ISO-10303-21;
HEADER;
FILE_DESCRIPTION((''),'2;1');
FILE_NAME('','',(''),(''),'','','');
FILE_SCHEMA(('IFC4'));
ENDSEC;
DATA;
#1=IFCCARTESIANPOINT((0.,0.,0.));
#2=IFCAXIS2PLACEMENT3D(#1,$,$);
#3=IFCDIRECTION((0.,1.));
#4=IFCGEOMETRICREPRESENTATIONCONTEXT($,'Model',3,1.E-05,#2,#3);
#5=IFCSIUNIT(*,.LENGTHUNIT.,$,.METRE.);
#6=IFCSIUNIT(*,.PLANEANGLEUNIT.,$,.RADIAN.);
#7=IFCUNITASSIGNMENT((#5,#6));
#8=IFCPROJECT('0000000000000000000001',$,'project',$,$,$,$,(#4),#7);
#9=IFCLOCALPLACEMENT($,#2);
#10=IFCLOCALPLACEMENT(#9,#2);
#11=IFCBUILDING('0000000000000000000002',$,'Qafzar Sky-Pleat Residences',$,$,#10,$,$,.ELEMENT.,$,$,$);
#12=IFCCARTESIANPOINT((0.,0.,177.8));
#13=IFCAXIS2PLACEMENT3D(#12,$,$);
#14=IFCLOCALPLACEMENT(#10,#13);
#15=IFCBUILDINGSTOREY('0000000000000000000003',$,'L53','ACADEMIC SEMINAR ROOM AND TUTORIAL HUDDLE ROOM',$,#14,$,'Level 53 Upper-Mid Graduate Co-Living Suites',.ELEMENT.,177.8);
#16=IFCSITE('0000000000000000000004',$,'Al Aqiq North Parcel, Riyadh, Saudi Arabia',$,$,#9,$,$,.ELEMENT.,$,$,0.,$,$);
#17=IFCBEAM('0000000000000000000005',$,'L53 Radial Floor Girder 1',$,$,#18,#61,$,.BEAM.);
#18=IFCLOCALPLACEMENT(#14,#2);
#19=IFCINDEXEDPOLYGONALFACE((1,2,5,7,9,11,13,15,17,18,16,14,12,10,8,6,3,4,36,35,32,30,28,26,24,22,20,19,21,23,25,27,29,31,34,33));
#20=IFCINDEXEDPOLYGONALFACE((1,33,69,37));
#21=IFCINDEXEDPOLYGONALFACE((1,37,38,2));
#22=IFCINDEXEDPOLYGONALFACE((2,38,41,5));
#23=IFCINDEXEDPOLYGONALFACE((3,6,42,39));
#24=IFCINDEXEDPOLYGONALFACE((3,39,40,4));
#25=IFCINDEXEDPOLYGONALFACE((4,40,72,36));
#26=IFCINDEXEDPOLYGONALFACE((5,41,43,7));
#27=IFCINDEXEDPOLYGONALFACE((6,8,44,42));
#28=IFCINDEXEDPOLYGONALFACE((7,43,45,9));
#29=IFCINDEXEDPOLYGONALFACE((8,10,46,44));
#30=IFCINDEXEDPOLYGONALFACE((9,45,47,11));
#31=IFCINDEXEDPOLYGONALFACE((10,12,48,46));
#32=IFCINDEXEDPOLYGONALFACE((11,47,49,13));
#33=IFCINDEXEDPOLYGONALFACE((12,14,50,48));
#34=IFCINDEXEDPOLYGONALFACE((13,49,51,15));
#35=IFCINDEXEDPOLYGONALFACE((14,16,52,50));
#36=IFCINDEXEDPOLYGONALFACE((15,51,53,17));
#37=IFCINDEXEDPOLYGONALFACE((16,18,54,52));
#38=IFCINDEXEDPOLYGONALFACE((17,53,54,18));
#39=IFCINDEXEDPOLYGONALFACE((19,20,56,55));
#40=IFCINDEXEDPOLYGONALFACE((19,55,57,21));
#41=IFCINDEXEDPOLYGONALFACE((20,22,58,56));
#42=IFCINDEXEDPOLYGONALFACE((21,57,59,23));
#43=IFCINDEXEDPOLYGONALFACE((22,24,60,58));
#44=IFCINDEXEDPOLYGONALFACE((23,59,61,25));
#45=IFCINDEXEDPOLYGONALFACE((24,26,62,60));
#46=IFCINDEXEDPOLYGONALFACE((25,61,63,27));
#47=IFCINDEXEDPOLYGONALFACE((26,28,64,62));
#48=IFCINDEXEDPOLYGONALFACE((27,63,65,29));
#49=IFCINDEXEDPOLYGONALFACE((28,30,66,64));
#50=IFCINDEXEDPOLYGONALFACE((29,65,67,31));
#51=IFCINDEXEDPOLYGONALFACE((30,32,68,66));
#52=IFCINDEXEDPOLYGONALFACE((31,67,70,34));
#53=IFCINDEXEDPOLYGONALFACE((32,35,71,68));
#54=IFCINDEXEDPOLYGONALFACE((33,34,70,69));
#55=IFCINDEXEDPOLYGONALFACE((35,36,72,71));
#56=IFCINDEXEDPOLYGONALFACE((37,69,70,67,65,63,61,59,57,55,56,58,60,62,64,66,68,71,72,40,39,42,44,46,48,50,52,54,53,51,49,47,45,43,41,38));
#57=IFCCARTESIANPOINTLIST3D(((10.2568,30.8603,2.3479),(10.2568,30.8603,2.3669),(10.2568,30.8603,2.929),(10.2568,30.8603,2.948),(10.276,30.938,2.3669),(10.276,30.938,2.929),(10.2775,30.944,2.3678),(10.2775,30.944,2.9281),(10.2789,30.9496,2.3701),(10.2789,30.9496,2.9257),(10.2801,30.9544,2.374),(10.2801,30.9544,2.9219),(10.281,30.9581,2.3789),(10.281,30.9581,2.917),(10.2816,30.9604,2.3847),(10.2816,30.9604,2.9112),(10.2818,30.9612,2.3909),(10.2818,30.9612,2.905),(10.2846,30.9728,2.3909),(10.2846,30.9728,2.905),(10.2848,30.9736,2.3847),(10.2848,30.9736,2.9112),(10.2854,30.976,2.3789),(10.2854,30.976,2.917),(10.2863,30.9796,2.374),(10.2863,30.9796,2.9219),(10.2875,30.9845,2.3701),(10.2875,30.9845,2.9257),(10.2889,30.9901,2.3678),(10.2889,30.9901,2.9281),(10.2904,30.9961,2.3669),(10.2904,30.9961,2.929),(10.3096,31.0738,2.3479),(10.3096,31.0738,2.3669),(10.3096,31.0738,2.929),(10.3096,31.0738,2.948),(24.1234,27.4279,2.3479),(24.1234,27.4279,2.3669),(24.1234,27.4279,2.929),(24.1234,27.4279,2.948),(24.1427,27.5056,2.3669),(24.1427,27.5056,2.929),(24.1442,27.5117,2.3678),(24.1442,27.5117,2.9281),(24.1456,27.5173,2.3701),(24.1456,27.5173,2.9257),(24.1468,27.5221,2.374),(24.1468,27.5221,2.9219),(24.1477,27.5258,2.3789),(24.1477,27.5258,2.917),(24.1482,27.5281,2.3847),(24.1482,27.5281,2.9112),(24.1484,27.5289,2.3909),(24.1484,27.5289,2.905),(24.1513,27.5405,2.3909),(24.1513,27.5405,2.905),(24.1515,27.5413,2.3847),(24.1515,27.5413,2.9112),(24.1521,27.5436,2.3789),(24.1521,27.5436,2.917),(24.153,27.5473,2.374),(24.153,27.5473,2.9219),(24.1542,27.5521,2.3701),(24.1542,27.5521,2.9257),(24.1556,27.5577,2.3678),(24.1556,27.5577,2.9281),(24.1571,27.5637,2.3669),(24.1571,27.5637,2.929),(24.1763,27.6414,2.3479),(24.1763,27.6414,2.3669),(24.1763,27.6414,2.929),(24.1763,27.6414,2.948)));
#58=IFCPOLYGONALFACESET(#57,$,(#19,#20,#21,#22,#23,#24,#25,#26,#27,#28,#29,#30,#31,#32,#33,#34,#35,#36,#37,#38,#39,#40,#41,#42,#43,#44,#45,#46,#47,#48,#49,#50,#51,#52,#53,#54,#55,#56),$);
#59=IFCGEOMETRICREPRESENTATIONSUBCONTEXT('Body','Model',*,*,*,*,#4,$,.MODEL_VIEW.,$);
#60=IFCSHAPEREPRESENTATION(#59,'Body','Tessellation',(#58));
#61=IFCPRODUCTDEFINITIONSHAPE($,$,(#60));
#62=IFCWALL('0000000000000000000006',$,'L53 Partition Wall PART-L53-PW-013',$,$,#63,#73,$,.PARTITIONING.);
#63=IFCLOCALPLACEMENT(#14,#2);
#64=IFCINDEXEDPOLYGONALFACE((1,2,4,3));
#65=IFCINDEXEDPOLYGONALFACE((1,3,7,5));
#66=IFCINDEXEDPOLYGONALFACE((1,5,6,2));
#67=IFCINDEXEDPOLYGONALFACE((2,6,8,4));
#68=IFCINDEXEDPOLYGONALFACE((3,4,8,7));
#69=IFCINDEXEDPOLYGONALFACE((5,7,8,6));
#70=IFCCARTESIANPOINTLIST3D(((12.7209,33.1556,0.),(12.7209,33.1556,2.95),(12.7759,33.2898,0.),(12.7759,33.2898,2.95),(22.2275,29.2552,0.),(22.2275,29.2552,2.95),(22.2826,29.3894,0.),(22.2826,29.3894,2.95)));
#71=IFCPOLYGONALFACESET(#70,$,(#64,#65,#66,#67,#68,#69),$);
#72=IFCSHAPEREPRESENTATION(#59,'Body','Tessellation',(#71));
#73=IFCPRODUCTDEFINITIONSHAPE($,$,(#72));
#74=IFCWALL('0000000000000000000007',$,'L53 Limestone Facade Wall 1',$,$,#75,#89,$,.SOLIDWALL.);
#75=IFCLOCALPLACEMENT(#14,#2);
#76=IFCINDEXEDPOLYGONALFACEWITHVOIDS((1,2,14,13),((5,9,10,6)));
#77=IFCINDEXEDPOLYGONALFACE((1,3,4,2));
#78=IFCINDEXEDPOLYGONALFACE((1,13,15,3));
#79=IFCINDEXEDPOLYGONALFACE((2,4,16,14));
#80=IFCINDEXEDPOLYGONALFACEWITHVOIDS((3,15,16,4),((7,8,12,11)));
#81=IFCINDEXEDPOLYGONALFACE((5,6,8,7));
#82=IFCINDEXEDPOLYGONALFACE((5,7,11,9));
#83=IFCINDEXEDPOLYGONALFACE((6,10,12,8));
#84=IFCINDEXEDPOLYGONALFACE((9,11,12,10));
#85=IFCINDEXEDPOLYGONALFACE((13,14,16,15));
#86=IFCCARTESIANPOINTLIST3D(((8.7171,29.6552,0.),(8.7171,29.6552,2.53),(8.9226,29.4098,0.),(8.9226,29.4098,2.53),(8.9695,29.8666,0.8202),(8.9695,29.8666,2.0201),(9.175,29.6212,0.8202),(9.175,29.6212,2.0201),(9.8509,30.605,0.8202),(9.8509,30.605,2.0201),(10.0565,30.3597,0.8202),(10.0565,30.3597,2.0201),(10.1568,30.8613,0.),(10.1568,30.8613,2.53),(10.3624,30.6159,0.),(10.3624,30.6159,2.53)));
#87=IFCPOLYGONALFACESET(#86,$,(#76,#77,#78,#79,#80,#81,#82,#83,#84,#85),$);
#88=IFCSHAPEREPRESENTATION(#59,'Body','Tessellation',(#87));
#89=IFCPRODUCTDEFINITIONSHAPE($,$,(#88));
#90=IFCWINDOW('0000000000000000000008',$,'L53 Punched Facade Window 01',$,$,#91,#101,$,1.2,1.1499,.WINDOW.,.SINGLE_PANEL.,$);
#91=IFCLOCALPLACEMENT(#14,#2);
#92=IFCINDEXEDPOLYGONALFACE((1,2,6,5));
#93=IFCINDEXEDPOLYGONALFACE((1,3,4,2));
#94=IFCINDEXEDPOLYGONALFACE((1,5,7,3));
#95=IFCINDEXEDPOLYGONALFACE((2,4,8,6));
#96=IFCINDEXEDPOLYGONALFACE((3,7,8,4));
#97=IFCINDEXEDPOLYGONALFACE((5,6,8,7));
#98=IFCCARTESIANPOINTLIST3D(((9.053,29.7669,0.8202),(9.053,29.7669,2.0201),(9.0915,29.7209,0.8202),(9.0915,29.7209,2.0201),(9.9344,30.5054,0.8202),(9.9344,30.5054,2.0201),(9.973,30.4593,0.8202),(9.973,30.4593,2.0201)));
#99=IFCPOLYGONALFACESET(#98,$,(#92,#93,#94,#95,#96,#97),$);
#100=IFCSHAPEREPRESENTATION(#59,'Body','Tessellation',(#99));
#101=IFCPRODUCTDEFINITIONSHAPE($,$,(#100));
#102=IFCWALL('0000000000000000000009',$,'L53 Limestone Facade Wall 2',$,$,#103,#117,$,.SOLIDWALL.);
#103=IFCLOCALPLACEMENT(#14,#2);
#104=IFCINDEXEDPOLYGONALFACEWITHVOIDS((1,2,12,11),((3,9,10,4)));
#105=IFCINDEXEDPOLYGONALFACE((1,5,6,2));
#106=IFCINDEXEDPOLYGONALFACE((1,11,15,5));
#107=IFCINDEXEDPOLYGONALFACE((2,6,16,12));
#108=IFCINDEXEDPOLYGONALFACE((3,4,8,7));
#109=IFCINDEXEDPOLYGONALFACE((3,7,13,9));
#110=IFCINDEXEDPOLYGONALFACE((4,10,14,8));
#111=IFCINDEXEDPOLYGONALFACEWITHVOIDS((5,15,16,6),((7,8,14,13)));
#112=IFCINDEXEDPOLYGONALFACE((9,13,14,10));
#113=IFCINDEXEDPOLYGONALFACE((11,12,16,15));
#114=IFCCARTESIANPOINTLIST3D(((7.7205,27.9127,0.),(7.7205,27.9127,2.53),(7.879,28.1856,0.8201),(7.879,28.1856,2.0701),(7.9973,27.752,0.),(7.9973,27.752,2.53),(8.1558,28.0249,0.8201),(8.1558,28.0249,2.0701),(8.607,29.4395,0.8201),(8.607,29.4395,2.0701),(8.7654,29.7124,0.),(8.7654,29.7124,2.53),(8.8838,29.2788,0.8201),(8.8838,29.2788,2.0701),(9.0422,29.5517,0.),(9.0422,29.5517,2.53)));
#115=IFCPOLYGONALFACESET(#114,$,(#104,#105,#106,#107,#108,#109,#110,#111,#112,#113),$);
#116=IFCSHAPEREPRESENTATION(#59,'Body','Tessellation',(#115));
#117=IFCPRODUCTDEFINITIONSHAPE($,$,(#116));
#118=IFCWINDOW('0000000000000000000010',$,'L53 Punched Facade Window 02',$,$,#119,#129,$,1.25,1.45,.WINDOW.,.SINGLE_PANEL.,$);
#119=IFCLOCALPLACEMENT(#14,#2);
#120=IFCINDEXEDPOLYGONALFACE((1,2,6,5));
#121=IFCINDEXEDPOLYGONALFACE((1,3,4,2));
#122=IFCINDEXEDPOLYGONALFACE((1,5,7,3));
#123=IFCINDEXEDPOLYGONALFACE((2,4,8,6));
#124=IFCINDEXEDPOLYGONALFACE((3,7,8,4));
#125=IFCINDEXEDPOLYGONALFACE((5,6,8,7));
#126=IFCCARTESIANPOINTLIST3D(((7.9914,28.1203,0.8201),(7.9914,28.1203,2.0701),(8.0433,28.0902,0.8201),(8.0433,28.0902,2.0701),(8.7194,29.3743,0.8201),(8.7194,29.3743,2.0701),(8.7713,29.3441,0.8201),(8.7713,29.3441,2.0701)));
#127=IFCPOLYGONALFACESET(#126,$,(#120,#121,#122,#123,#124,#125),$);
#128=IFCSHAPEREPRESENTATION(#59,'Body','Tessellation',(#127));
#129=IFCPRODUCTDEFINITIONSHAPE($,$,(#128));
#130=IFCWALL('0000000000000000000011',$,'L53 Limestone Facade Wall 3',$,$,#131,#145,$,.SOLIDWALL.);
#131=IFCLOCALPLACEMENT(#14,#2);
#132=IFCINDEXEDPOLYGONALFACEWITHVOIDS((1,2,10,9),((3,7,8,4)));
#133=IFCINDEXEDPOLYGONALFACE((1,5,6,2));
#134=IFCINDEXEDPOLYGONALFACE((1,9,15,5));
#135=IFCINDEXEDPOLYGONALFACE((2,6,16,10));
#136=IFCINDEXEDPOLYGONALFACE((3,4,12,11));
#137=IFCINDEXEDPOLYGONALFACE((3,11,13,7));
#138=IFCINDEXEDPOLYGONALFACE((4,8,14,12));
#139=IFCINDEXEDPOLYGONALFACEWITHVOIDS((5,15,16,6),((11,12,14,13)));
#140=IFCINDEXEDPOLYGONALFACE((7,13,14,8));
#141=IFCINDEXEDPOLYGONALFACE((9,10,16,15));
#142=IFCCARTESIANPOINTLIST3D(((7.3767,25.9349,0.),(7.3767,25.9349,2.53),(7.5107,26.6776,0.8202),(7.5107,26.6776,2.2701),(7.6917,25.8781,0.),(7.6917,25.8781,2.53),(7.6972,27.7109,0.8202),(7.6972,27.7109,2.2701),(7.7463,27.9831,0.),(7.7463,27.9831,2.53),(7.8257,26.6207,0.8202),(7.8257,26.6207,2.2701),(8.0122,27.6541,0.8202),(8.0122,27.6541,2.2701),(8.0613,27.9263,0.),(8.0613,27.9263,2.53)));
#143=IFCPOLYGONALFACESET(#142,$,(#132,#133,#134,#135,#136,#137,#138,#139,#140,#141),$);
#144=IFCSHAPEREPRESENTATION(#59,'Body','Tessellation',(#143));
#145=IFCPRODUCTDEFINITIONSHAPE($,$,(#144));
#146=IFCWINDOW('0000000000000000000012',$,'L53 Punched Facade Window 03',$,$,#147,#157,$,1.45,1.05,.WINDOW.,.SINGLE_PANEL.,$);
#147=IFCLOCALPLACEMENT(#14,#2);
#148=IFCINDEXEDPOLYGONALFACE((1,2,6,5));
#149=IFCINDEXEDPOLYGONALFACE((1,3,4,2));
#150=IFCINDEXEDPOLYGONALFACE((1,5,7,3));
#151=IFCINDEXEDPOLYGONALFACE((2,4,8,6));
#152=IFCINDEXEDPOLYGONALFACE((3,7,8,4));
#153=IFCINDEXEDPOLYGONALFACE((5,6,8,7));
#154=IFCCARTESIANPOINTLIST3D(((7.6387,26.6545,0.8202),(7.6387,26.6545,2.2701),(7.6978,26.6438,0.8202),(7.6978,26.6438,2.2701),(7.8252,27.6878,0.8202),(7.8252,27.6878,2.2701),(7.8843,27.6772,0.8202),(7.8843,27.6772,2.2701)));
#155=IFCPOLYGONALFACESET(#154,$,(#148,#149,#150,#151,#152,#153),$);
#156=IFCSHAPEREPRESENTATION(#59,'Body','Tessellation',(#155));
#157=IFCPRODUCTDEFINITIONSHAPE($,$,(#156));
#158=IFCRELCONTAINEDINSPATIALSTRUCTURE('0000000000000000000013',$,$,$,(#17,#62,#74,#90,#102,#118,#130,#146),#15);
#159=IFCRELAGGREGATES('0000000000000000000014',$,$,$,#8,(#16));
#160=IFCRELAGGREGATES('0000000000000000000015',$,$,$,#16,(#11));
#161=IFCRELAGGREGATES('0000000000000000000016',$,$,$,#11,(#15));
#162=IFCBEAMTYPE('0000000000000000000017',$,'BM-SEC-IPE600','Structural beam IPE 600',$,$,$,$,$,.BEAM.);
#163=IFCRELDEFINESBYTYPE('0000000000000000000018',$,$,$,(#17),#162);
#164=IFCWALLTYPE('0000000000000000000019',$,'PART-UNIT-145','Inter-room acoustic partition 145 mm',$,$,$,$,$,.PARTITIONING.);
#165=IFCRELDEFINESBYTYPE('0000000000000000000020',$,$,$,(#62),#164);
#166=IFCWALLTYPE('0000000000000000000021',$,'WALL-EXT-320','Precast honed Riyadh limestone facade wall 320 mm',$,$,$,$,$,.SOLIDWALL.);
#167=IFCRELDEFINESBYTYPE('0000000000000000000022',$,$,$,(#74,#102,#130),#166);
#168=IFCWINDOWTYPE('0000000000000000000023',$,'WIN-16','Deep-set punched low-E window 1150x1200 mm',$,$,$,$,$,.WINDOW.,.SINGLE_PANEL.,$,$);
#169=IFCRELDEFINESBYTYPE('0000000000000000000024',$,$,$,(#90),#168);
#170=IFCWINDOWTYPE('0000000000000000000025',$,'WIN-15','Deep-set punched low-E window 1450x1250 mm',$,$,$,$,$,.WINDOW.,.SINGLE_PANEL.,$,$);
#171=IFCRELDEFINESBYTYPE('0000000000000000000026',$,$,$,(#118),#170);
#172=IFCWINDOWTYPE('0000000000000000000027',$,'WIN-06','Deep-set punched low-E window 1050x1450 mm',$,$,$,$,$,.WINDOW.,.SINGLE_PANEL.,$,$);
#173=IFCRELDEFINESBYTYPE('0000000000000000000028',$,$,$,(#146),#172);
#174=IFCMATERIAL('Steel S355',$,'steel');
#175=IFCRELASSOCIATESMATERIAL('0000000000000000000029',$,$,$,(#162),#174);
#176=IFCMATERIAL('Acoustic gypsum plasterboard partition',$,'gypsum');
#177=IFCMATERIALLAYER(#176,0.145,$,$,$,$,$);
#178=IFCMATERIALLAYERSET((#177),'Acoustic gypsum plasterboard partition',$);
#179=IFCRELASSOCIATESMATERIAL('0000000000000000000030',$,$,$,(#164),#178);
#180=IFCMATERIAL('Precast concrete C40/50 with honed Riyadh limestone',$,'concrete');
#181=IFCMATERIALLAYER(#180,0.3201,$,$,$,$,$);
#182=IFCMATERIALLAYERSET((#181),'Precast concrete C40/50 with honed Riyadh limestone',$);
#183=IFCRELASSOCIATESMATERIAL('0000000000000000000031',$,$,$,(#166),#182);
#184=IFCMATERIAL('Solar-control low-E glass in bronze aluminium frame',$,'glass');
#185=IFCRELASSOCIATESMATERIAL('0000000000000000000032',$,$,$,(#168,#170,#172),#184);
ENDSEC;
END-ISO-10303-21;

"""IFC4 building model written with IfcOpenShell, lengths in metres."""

from ifc_helpers import new_model, si_unit, direction, frame, frame_2d, origin, origin_2d, place, context, subcontext, project, spatial, rectangle, i_section, extrude, source, transform, mapped, material, layer, layer_set, material_profile, profile_set, type_object, element, fill, save


model = new_model("IFC4")

# Units and contexts
model_context = context("Model", 3, precision=1e-05, world=origin(), true_north=direction((0.0, 1.0)))
body_context = subcontext(model_context, "Body", "Model", "MODEL_VIEW")
ifc_project = project(units=[si_unit("LENGTHUNIT", "METRE"), si_unit("PLANEANGLEUNIT", "RADIAN")], contexts=[model_context])

# Site, building, storey
site_placement = place(None, origin())
site = spatial("IfcSite", under=ifc_project, at=site_placement, Name="Al Aqiq North Parcel, Riyadh, Saudi Arabia", CompositionType="ELEMENT", RefElevation=0.0)
building_placement = place(site_placement, origin())
building = spatial("IfcBuilding", under=site, at=building_placement, Name="Qafzar Sky-Pleat Residences", CompositionType="ELEMENT")
storey_placement = place(building_placement, frame((0.0, 0.0, 177.8)))
storey = spatial("IfcBuildingStorey", under=building, at=storey_placement, Name="L53", Description="ACADEMIC SEMINAR ROOM AND TUTORIAL HUDDLE ROOM", LongName="Level 53 Upper-Mid Graduate Co-Living Suites", CompositionType="ELEMENT", Elevation=177.8)

# Shared definitions
ifc_material_1 = material(Name="Steel S355", Category="steel")

# Beam
ifc_material_profile_1 = material_profile(ifc_material_1, i_section(OverallWidth=0.22, OverallDepth=0.6001, WebThickness=0.012, FlangeThickness=0.019, FilletRadius=0.0239, at=origin_2d()), Name="IPE 600")
ifc_profile_set_1 = profile_set([ifc_material_profile_1], Name="Steel S355")
beam_type_1 = type_object("IfcBeamType", Name="BM-SEC-IPE600", Description="Structural beam IPE 600", PredefinedType="BEAM", material=ifc_profile_set_1)
shared_shape_1 = source(origin(), body_context, "Body", "SweptSolid", [
    extrude(i_section(OverallWidth=0.22, OverallDepth=0.6001, WebThickness=0.012, FlangeThickness=0.019, FilletRadius=0.0239, at=origin_2d()), origin(), (0.0, 0.0, 1.0), 14.2852),
])
beam_1_placement = place(storey_placement, frame((10.2832, 30.967, 2.6479), z_axis=(0.970705, -0.240275, 0.0), x_axis=(0.240275, 0.970705, 0.0)))
element("IfcBeam", 1, at=beam_1_placement, inside=storey, type_object=beam_type_1, Name="L53 Radial Floor Girder 1", PredefinedType="BEAM", context=body_context, shape_type="MappedRepresentation", body=[
    mapped(shared_shape_1, transform((0.0, 0.0, 0.0), x_axis=(1.0, 0.0, 0.0), y_axis=(0.0, 1.0, 0.0), z_axis=(0.0, 0.0, 1.0), scale=1.0)),
])

# Wall
ifc_material_2 = material(Name="Acoustic gypsum plasterboard partition", Category="gypsum")
ifc_layer_1 = layer(ifc_material_2, 0.145)
ifc_layer_set_1 = layer_set([ifc_layer_1], Name="Acoustic gypsum plasterboard partition")
wall_type_1 = type_object("IfcWallType", Name="PART-UNIT-145", Description="Inter-room acoustic partition 145 mm", PredefinedType="PARTITIONING", material=ifc_layer_set_1)
wall_1_placement = place(storey_placement, frame((12.7485, 33.2227, 0.0), z_axis=(0.0, 0.0, 1.0), x_axis=(0.92516, -0.379577, 0.0)))
element("IfcWall", 2, at=wall_1_placement, inside=storey, type_object=wall_type_1, Name="L53 Partition Wall PART-L53-PW-013", PredefinedType="PARTITIONING", context=body_context, shape_type="SweptSolid", body=[
    extrude(rectangle(XDim=10.2756, YDim=0.145, at=frame_2d((5.1377, 0.0))), origin(), (0.0, 0.0, 1.0), 2.95),
])

# Walls, openings, windows
ifc_material_3 = material(Name="Precast concrete C40/50 with honed Riyadh limestone", Category="concrete")
ifc_layer_2 = layer(ifc_material_3, 0.3201)
ifc_layer_set_2 = layer_set([ifc_layer_2], Name="Precast concrete C40/50 with honed Riyadh limestone")
wall_type_2 = type_object("IfcWallType", Name="WALL-EXT-320", Description="Precast honed Riyadh limestone facade wall 320 mm", PredefinedType="SOLIDWALL", material=ifc_layer_set_2)
wall_2_placement = place(storey_placement, frame((10.2595, 30.7385, 0.0), z_axis=(0.0, 0.0, 1.0), x_axis=(-0.766567, -0.642164, 0.0)))
wall_2 = element("IfcWall", 3, at=wall_2_placement, inside=storey, type_object=wall_type_2, Name="L53 Limestone Facade Wall 1", PredefinedType="SOLIDWALL", context=body_context, shape_type="SweptSolid", body=[
    extrude(rectangle(XDim=1.8782, YDim=0.3201, at=frame_2d((0.939, 0.0))), origin(), (0.0, 0.0, 1.0), 2.53),
])
opening_1_placement = place(wall_2_placement, frame((0.3989, 0.0, 0.8201)))
opening_1 = element("IfcOpeningElement", 4, at=opening_1_placement, cuts=wall_2, PredefinedType="OPENING", context=body_context, shape_type="SweptSolid", body=[
    extrude(rectangle(XDim=1.1499, YDim=1.2, at=frame_2d((0.575, 0.6001))), frame((0.0, 0.1699, 0.0), z_axis=(0.0, -1.0, 0.0), x_axis=(1.0, 0.0, 0.0)), (0.0, 0.0, 1.0), 0.3401),
])
ifc_material_4 = material(Name="Solar-control low-E glass in bronze aluminium frame", Category="glass")
window_type_1 = type_object("IfcWindowType", Name="WIN-16", Description="Deep-set punched low-E window 1150x1200 mm", PartitioningType="SINGLE_PANEL", PredefinedType="WINDOW", material=ifc_material_4)
shared_shape_2 = source(origin(), body_context, "Body", "SweptSolid", [
    extrude(rectangle(XDim=1.1499, YDim=1.2, at=frame_2d((0.575, 0.6001))), frame((0.0, 0.03, 0.0), z_axis=(0.0, -1.0, 0.0), x_axis=(1.0, 0.0, 0.0)), (0.0, 0.0, 1.0), 0.0601),
])
window_1_placement = place(opening_1_placement, origin())
window_1 = element("IfcWindow", 5, at=window_1_placement, inside=storey, type_object=window_type_1, Name="L53 Punched Facade Window 01", OverallHeight=1.2, OverallWidth=1.1499, PartitioningType="SINGLE_PANEL", PredefinedType="WINDOW", context=body_context, shape_type="MappedRepresentation", body=[
    mapped(shared_shape_2, transform((0.0, 0.0, 0.0), x_axis=(1.0, 0.0, 0.0), y_axis=(0.0, 1.0, 0.0), z_axis=(0.0, 0.0, 1.0), scale=1.0)),
])
fill(opening_1, window_1)
wall_3_placement = place(storey_placement, frame((8.9038, 29.6321, 0.0), z_axis=(0.0, 0.0, 1.0), x_axis=(-0.50209, -0.864815, 0.0)))
wall_3 = element("IfcWall", 6, at=wall_3_placement, inside=storey, type_object=wall_type_2, Name="L53 Limestone Facade Wall 2", PredefinedType="SOLIDWALL", context=body_context, shape_type="SweptSolid", body=[
    extrude(rectangle(XDim=2.0811, YDim=0.3201, at=frame_2d((1.0405, 0.0))), origin(), (0.0, 0.0, 1.0), 2.53),
])
opening_2_placement = place(wall_3_placement, frame((0.3154, 0.0, 0.8201)))
opening_2 = element("IfcOpeningElement", 7, at=opening_2_placement, cuts=wall_3, PredefinedType="OPENING", context=body_context, shape_type="SweptSolid", body=[
    extrude(rectangle(XDim=1.45, YDim=1.25, at=frame_2d((0.7251, 0.625))), frame((0.0, 0.1699, 0.0), z_axis=(0.0, -1.0, 0.0), x_axis=(1.0, 0.0, 0.0)), (0.0, 0.0, 1.0), 0.3401),
])
window_type_2 = type_object("IfcWindowType", Name="WIN-15", Description="Deep-set punched low-E window 1450x1250 mm", PartitioningType="SINGLE_PANEL", PredefinedType="WINDOW", material=ifc_material_4)
shared_shape_3 = source(origin(), body_context, "Body", "SweptSolid", [
    extrude(rectangle(XDim=1.45, YDim=1.25, at=frame_2d((0.7251, 0.625))), frame((0.0, 0.03, 0.0), z_axis=(0.0, -1.0, 0.0), x_axis=(1.0, 0.0, 0.0)), (0.0, 0.0, 1.0), 0.0601),
])
window_2_placement = place(opening_2_placement, origin())
window_2 = element("IfcWindow", 8, at=window_2_placement, inside=storey, type_object=window_type_2, Name="L53 Punched Facade Window 02", OverallHeight=1.25, OverallWidth=1.45, PartitioningType="SINGLE_PANEL", PredefinedType="WINDOW", context=body_context, shape_type="MappedRepresentation", body=[
    mapped(shared_shape_3, transform((0.0, 0.0, 0.0), x_axis=(1.0, 0.0, 0.0), y_axis=(0.0, 1.0, 0.0), z_axis=(0.0, 0.0, 1.0), scale=1.0)),
])
fill(opening_2, window_2)
wall_4_placement = place(storey_placement, frame((7.9038, 27.9546, 0.0), z_axis=(0.0, 0.0, 1.0), x_axis=(-0.177605, -0.984102, 0.0)))
wall_4 = element("IfcWall", 9, at=wall_4_placement, inside=storey, type_object=wall_type_2, Name="L53 Limestone Facade Wall 3", PredefinedType="SOLIDWALL", context=body_context, shape_type="SweptSolid", body=[
    extrude(rectangle(XDim=2.0813, YDim=0.3201, at=frame_2d((1.0405, 0.0))), origin(), (0.0, 0.0, 1.0), 2.53),
])
opening_3_placement = place(wall_4_placement, frame((0.2766, 0.0, 0.8201)))
opening_3 = element("IfcOpeningElement", 10, at=opening_3_placement, cuts=wall_4, PredefinedType="OPENING", context=body_context, shape_type="SweptSolid", body=[
    extrude(rectangle(XDim=1.05, YDim=1.45, at=frame_2d((0.5249, 0.7251))), frame((0.0, 0.1699, 0.0), z_axis=(0.0, -1.0, 0.0), x_axis=(1.0, 0.0, 0.0)), (0.0, 0.0, 1.0), 0.3401),
])
window_type_3 = type_object("IfcWindowType", Name="WIN-06", Description="Deep-set punched low-E window 1050x1450 mm", PartitioningType="SINGLE_PANEL", PredefinedType="WINDOW", material=ifc_material_4)
shared_shape_4 = source(origin(), body_context, "Body", "SweptSolid", [
    extrude(rectangle(XDim=1.05, YDim=1.45, at=frame_2d((0.5249, 0.7251))), frame((0.0, 0.03, 0.0), z_axis=(0.0, -1.0, 0.0), x_axis=(1.0, 0.0, 0.0)), (0.0, 0.0, 1.0), 0.0601),
])
window_3_placement = place(opening_3_placement, origin())
window_3 = element("IfcWindow", 11, at=window_3_placement, inside=storey, type_object=window_type_3, Name="L53 Punched Facade Window 03", OverallHeight=1.45, OverallWidth=1.05, PartitioningType="SINGLE_PANEL", PredefinedType="WINDOW", context=body_context, shape_type="MappedRepresentation", body=[
    mapped(shared_shape_4, transform((0.0, 0.0, 0.0), x_axis=(1.0, 0.0, 0.0), y_axis=(0.0, 1.0, 0.0), z_axis=(0.0, 0.0, 1.0), scale=1.0)),
])
fill(opening_3, window_3)

save(model, "model.ifc")
